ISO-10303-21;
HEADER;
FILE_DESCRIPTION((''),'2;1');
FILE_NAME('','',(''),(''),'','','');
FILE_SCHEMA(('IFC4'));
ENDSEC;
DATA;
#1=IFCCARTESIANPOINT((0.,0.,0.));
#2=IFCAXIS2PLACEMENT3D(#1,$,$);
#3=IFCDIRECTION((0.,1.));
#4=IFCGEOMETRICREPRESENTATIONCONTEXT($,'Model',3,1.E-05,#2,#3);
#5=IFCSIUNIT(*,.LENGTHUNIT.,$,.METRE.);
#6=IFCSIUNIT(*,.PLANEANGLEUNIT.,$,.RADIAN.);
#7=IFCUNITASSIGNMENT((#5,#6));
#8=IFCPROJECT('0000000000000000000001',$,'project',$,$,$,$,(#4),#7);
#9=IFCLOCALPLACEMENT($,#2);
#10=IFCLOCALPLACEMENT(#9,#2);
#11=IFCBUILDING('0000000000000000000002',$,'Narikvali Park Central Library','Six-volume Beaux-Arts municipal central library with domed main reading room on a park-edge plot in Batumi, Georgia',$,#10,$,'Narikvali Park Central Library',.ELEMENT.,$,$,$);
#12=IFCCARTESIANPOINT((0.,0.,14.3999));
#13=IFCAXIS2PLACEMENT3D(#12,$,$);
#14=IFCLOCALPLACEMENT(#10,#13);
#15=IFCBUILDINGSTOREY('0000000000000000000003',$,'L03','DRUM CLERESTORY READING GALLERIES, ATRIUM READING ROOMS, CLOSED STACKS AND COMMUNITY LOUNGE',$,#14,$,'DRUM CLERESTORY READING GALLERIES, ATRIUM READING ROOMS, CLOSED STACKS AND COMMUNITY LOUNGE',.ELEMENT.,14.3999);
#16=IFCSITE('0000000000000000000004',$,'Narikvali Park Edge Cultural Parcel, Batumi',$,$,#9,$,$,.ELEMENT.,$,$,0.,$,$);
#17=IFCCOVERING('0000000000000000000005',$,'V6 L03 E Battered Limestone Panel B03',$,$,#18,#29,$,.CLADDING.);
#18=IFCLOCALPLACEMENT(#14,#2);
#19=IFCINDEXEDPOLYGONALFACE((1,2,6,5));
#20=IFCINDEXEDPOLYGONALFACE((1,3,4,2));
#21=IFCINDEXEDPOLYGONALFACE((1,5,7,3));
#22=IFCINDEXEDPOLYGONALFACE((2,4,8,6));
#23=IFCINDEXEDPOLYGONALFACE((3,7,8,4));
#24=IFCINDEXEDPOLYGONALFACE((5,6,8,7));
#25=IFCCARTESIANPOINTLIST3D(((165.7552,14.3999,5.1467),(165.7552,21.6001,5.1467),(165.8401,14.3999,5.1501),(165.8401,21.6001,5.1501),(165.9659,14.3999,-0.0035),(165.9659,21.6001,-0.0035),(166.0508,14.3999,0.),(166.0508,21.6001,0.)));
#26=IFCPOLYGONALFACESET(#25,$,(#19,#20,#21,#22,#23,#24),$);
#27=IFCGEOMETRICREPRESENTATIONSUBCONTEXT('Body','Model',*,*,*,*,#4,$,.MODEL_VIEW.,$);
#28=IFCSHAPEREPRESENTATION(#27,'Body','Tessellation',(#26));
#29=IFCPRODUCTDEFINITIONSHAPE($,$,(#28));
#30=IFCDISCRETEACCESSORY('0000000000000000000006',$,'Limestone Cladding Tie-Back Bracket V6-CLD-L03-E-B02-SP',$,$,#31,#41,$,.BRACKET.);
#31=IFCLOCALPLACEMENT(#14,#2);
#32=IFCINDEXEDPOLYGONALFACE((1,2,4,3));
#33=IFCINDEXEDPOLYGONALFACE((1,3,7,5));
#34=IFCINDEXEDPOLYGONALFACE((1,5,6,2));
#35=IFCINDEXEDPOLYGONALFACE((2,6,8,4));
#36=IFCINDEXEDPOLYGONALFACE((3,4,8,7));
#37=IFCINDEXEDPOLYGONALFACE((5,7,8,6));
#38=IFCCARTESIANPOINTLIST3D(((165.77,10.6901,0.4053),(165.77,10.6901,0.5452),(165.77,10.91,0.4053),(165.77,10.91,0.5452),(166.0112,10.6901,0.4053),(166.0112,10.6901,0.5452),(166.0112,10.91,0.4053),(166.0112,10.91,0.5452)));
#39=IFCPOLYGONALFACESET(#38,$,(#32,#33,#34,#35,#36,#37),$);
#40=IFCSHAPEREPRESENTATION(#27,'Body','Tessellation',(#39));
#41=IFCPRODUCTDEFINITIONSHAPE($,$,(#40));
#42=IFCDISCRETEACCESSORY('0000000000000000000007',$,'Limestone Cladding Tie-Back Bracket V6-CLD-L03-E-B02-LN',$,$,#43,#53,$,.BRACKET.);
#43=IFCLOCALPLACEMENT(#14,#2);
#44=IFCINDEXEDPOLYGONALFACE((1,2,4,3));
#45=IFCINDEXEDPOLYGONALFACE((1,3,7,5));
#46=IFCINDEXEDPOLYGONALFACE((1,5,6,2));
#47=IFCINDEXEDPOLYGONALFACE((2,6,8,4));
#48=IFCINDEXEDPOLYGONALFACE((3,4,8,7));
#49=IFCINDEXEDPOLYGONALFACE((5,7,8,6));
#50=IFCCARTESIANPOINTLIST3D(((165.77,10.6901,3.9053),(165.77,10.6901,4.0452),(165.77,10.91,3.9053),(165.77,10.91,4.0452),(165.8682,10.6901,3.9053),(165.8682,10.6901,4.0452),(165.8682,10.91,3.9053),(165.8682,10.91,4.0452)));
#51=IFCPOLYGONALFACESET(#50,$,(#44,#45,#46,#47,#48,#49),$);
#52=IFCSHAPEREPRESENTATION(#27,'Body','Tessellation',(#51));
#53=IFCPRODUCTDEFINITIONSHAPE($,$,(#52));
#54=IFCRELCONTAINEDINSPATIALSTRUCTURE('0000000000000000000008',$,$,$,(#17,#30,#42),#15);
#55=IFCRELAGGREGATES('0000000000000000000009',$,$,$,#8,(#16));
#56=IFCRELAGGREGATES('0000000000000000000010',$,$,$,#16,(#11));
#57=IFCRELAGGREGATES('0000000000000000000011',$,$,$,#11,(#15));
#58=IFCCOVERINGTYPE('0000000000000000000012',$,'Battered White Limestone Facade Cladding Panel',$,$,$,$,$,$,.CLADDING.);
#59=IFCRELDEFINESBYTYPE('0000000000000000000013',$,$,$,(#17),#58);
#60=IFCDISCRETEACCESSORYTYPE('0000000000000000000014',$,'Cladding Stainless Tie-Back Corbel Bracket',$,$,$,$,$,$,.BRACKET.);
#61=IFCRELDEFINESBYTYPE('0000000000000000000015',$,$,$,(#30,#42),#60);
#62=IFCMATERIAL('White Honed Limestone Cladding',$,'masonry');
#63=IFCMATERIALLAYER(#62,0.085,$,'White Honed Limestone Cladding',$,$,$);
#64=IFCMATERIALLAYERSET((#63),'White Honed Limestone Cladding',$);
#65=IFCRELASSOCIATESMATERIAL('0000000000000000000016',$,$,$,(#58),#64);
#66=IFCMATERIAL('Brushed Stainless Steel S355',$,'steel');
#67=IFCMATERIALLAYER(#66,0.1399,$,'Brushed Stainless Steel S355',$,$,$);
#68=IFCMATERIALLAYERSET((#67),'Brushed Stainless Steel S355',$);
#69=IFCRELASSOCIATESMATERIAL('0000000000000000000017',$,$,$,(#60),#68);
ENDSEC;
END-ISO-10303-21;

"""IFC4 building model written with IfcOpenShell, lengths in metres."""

from ifc_helpers import new_model, si_unit, direction, frame, origin, origin_2d, place, context, subcontext, project, spatial, polyline, rectangle, outline, extrude, material, layer, layer_set, type_object, element, save


model = new_model("IFC4")

# Units and contexts
model_context = context("Model", 3, precision=1e-05, world=origin(), true_north=direction((0.0, 1.0)))
body_context = subcontext(model_context, "Body", "Model", "MODEL_VIEW")
ifc_project = project(units=[si_unit("LENGTHUNIT", "METRE"), si_unit("PLANEANGLEUNIT", "RADIAN")], contexts=[model_context])

# Site, building, storey
site_placement = place(None, origin())
site = spatial("IfcSite", under=ifc_project, at=site_placement, Name="Narikvali Park Edge Cultural Parcel, Batumi", CompositionType="ELEMENT", RefElevation=0.0)
building_placement = place(site_placement, origin())
building = spatial("IfcBuilding", under=site, at=building_placement, Name="Narikvali Park Central Library", Description="Six-volume Beaux-Arts municipal central library with domed main reading room on a park-edge plot in Batumi, Georgia", LongName="Narikvali Park Central Library", CompositionType="ELEMENT")
storey_placement = place(building_placement, frame((0.0, 0.0, 14.3999)))
storey = spatial("IfcBuildingStorey", under=building, at=storey_placement, Name="L03", Description="DRUM CLERESTORY READING GALLERIES, ATRIUM READING ROOMS, CLOSED STACKS AND COMMUNITY LOUNGE", LongName="DRUM CLERESTORY READING GALLERIES, ATRIUM READING ROOMS, CLOSED STACKS AND COMMUNITY LOUNGE", CompositionType="ELEMENT", Elevation=14.3999)

# Covering
ifc_material_1 = material(Name="White Honed Limestone Cladding", Category="masonry")
ifc_layer_1 = layer(ifc_material_1, 0.085, Name="White Honed Limestone Cladding")
ifc_layer_set_1 = layer_set([ifc_layer_1], Name="White Honed Limestone Cladding")
covering_type = type_object("IfcCoveringType", Name="Battered White Limestone Facade Cladding Panel", PredefinedType="CLADDING", material=ifc_layer_set_1)
covering_1_placement = place(storey_placement, frame((166.0508, 14.3999, 0.0), z_axis=(0.999164, 0.0, 0.040876), x_axis=(0.0, 1.0, 0.0)))
element("IfcCovering", 1, at=covering_1_placement, inside=storey, type_object=covering_type, Name="V6 L03 E Battered Limestone Panel B03", PredefinedType="CLADDING", context=body_context, shape_type="SweptSolid", body=[
    extrude(outline(polyline([(0.0, 0.0), (7.2002, 0.0), (7.2002, 5.1545), (0.0, 5.1545), (0.0, 0.0)])), origin(), (0.0, 0.0, -1.0), 0.085),
])

# Discrete accessories
ifc_material_2 = material(Name="Brushed Stainless Steel S355", Category="steel")
ifc_layer_2 = layer(ifc_material_2, 0.1399, Name="Brushed Stainless Steel S355")
ifc_layer_set_2 = layer_set([ifc_layer_2], Name="Brushed Stainless Steel S355")
discrete_accessory_type = type_object("IfcDiscreteAccessoryType", Name="Cladding Stainless Tie-Back Corbel Bracket", PredefinedType="BRACKET", material=ifc_layer_set_2)
discrete_accessory_1_placement = place(storey_placement, frame((165.8906, 10.8, 0.4053), z_axis=(0.0, 0.0, 1.0), x_axis=(1.0, 0.0, 0.0)))
element("IfcDiscreteAccessory", 2, at=discrete_accessory_1_placement, inside=storey, type_object=discrete_accessory_type, Name="Limestone Cladding Tie-Back Bracket V6-CLD-L03-E-B02-SP", PredefinedType="BRACKET", context=body_context, shape_type="SweptSolid", body=[
    extrude(rectangle(XDim=0.2412, YDim=0.22, at=origin_2d()), origin(), (0.0, 0.0, 1.0), 0.1399),
])
discrete_accessory_2_placement = place(storey_placement, frame((165.8191, 10.8, 3.9053), z_axis=(0.0, 0.0, 1.0), x_axis=(1.0, 0.0, 0.0)))
element("IfcDiscreteAccessory", 3, at=discrete_accessory_2_placement, inside=storey, type_object=discrete_accessory_type, Name="Limestone Cladding Tie-Back Bracket V6-CLD-L03-E-B02-LN", PredefinedType="BRACKET", context=body_context, shape_type="SweptSolid", body=[
    extrude(rectangle(XDim=0.0981, YDim=0.22, at=origin_2d()), origin(), (0.0, 0.0, 1.0), 0.1399),
])

save(model, "model.ifc")
